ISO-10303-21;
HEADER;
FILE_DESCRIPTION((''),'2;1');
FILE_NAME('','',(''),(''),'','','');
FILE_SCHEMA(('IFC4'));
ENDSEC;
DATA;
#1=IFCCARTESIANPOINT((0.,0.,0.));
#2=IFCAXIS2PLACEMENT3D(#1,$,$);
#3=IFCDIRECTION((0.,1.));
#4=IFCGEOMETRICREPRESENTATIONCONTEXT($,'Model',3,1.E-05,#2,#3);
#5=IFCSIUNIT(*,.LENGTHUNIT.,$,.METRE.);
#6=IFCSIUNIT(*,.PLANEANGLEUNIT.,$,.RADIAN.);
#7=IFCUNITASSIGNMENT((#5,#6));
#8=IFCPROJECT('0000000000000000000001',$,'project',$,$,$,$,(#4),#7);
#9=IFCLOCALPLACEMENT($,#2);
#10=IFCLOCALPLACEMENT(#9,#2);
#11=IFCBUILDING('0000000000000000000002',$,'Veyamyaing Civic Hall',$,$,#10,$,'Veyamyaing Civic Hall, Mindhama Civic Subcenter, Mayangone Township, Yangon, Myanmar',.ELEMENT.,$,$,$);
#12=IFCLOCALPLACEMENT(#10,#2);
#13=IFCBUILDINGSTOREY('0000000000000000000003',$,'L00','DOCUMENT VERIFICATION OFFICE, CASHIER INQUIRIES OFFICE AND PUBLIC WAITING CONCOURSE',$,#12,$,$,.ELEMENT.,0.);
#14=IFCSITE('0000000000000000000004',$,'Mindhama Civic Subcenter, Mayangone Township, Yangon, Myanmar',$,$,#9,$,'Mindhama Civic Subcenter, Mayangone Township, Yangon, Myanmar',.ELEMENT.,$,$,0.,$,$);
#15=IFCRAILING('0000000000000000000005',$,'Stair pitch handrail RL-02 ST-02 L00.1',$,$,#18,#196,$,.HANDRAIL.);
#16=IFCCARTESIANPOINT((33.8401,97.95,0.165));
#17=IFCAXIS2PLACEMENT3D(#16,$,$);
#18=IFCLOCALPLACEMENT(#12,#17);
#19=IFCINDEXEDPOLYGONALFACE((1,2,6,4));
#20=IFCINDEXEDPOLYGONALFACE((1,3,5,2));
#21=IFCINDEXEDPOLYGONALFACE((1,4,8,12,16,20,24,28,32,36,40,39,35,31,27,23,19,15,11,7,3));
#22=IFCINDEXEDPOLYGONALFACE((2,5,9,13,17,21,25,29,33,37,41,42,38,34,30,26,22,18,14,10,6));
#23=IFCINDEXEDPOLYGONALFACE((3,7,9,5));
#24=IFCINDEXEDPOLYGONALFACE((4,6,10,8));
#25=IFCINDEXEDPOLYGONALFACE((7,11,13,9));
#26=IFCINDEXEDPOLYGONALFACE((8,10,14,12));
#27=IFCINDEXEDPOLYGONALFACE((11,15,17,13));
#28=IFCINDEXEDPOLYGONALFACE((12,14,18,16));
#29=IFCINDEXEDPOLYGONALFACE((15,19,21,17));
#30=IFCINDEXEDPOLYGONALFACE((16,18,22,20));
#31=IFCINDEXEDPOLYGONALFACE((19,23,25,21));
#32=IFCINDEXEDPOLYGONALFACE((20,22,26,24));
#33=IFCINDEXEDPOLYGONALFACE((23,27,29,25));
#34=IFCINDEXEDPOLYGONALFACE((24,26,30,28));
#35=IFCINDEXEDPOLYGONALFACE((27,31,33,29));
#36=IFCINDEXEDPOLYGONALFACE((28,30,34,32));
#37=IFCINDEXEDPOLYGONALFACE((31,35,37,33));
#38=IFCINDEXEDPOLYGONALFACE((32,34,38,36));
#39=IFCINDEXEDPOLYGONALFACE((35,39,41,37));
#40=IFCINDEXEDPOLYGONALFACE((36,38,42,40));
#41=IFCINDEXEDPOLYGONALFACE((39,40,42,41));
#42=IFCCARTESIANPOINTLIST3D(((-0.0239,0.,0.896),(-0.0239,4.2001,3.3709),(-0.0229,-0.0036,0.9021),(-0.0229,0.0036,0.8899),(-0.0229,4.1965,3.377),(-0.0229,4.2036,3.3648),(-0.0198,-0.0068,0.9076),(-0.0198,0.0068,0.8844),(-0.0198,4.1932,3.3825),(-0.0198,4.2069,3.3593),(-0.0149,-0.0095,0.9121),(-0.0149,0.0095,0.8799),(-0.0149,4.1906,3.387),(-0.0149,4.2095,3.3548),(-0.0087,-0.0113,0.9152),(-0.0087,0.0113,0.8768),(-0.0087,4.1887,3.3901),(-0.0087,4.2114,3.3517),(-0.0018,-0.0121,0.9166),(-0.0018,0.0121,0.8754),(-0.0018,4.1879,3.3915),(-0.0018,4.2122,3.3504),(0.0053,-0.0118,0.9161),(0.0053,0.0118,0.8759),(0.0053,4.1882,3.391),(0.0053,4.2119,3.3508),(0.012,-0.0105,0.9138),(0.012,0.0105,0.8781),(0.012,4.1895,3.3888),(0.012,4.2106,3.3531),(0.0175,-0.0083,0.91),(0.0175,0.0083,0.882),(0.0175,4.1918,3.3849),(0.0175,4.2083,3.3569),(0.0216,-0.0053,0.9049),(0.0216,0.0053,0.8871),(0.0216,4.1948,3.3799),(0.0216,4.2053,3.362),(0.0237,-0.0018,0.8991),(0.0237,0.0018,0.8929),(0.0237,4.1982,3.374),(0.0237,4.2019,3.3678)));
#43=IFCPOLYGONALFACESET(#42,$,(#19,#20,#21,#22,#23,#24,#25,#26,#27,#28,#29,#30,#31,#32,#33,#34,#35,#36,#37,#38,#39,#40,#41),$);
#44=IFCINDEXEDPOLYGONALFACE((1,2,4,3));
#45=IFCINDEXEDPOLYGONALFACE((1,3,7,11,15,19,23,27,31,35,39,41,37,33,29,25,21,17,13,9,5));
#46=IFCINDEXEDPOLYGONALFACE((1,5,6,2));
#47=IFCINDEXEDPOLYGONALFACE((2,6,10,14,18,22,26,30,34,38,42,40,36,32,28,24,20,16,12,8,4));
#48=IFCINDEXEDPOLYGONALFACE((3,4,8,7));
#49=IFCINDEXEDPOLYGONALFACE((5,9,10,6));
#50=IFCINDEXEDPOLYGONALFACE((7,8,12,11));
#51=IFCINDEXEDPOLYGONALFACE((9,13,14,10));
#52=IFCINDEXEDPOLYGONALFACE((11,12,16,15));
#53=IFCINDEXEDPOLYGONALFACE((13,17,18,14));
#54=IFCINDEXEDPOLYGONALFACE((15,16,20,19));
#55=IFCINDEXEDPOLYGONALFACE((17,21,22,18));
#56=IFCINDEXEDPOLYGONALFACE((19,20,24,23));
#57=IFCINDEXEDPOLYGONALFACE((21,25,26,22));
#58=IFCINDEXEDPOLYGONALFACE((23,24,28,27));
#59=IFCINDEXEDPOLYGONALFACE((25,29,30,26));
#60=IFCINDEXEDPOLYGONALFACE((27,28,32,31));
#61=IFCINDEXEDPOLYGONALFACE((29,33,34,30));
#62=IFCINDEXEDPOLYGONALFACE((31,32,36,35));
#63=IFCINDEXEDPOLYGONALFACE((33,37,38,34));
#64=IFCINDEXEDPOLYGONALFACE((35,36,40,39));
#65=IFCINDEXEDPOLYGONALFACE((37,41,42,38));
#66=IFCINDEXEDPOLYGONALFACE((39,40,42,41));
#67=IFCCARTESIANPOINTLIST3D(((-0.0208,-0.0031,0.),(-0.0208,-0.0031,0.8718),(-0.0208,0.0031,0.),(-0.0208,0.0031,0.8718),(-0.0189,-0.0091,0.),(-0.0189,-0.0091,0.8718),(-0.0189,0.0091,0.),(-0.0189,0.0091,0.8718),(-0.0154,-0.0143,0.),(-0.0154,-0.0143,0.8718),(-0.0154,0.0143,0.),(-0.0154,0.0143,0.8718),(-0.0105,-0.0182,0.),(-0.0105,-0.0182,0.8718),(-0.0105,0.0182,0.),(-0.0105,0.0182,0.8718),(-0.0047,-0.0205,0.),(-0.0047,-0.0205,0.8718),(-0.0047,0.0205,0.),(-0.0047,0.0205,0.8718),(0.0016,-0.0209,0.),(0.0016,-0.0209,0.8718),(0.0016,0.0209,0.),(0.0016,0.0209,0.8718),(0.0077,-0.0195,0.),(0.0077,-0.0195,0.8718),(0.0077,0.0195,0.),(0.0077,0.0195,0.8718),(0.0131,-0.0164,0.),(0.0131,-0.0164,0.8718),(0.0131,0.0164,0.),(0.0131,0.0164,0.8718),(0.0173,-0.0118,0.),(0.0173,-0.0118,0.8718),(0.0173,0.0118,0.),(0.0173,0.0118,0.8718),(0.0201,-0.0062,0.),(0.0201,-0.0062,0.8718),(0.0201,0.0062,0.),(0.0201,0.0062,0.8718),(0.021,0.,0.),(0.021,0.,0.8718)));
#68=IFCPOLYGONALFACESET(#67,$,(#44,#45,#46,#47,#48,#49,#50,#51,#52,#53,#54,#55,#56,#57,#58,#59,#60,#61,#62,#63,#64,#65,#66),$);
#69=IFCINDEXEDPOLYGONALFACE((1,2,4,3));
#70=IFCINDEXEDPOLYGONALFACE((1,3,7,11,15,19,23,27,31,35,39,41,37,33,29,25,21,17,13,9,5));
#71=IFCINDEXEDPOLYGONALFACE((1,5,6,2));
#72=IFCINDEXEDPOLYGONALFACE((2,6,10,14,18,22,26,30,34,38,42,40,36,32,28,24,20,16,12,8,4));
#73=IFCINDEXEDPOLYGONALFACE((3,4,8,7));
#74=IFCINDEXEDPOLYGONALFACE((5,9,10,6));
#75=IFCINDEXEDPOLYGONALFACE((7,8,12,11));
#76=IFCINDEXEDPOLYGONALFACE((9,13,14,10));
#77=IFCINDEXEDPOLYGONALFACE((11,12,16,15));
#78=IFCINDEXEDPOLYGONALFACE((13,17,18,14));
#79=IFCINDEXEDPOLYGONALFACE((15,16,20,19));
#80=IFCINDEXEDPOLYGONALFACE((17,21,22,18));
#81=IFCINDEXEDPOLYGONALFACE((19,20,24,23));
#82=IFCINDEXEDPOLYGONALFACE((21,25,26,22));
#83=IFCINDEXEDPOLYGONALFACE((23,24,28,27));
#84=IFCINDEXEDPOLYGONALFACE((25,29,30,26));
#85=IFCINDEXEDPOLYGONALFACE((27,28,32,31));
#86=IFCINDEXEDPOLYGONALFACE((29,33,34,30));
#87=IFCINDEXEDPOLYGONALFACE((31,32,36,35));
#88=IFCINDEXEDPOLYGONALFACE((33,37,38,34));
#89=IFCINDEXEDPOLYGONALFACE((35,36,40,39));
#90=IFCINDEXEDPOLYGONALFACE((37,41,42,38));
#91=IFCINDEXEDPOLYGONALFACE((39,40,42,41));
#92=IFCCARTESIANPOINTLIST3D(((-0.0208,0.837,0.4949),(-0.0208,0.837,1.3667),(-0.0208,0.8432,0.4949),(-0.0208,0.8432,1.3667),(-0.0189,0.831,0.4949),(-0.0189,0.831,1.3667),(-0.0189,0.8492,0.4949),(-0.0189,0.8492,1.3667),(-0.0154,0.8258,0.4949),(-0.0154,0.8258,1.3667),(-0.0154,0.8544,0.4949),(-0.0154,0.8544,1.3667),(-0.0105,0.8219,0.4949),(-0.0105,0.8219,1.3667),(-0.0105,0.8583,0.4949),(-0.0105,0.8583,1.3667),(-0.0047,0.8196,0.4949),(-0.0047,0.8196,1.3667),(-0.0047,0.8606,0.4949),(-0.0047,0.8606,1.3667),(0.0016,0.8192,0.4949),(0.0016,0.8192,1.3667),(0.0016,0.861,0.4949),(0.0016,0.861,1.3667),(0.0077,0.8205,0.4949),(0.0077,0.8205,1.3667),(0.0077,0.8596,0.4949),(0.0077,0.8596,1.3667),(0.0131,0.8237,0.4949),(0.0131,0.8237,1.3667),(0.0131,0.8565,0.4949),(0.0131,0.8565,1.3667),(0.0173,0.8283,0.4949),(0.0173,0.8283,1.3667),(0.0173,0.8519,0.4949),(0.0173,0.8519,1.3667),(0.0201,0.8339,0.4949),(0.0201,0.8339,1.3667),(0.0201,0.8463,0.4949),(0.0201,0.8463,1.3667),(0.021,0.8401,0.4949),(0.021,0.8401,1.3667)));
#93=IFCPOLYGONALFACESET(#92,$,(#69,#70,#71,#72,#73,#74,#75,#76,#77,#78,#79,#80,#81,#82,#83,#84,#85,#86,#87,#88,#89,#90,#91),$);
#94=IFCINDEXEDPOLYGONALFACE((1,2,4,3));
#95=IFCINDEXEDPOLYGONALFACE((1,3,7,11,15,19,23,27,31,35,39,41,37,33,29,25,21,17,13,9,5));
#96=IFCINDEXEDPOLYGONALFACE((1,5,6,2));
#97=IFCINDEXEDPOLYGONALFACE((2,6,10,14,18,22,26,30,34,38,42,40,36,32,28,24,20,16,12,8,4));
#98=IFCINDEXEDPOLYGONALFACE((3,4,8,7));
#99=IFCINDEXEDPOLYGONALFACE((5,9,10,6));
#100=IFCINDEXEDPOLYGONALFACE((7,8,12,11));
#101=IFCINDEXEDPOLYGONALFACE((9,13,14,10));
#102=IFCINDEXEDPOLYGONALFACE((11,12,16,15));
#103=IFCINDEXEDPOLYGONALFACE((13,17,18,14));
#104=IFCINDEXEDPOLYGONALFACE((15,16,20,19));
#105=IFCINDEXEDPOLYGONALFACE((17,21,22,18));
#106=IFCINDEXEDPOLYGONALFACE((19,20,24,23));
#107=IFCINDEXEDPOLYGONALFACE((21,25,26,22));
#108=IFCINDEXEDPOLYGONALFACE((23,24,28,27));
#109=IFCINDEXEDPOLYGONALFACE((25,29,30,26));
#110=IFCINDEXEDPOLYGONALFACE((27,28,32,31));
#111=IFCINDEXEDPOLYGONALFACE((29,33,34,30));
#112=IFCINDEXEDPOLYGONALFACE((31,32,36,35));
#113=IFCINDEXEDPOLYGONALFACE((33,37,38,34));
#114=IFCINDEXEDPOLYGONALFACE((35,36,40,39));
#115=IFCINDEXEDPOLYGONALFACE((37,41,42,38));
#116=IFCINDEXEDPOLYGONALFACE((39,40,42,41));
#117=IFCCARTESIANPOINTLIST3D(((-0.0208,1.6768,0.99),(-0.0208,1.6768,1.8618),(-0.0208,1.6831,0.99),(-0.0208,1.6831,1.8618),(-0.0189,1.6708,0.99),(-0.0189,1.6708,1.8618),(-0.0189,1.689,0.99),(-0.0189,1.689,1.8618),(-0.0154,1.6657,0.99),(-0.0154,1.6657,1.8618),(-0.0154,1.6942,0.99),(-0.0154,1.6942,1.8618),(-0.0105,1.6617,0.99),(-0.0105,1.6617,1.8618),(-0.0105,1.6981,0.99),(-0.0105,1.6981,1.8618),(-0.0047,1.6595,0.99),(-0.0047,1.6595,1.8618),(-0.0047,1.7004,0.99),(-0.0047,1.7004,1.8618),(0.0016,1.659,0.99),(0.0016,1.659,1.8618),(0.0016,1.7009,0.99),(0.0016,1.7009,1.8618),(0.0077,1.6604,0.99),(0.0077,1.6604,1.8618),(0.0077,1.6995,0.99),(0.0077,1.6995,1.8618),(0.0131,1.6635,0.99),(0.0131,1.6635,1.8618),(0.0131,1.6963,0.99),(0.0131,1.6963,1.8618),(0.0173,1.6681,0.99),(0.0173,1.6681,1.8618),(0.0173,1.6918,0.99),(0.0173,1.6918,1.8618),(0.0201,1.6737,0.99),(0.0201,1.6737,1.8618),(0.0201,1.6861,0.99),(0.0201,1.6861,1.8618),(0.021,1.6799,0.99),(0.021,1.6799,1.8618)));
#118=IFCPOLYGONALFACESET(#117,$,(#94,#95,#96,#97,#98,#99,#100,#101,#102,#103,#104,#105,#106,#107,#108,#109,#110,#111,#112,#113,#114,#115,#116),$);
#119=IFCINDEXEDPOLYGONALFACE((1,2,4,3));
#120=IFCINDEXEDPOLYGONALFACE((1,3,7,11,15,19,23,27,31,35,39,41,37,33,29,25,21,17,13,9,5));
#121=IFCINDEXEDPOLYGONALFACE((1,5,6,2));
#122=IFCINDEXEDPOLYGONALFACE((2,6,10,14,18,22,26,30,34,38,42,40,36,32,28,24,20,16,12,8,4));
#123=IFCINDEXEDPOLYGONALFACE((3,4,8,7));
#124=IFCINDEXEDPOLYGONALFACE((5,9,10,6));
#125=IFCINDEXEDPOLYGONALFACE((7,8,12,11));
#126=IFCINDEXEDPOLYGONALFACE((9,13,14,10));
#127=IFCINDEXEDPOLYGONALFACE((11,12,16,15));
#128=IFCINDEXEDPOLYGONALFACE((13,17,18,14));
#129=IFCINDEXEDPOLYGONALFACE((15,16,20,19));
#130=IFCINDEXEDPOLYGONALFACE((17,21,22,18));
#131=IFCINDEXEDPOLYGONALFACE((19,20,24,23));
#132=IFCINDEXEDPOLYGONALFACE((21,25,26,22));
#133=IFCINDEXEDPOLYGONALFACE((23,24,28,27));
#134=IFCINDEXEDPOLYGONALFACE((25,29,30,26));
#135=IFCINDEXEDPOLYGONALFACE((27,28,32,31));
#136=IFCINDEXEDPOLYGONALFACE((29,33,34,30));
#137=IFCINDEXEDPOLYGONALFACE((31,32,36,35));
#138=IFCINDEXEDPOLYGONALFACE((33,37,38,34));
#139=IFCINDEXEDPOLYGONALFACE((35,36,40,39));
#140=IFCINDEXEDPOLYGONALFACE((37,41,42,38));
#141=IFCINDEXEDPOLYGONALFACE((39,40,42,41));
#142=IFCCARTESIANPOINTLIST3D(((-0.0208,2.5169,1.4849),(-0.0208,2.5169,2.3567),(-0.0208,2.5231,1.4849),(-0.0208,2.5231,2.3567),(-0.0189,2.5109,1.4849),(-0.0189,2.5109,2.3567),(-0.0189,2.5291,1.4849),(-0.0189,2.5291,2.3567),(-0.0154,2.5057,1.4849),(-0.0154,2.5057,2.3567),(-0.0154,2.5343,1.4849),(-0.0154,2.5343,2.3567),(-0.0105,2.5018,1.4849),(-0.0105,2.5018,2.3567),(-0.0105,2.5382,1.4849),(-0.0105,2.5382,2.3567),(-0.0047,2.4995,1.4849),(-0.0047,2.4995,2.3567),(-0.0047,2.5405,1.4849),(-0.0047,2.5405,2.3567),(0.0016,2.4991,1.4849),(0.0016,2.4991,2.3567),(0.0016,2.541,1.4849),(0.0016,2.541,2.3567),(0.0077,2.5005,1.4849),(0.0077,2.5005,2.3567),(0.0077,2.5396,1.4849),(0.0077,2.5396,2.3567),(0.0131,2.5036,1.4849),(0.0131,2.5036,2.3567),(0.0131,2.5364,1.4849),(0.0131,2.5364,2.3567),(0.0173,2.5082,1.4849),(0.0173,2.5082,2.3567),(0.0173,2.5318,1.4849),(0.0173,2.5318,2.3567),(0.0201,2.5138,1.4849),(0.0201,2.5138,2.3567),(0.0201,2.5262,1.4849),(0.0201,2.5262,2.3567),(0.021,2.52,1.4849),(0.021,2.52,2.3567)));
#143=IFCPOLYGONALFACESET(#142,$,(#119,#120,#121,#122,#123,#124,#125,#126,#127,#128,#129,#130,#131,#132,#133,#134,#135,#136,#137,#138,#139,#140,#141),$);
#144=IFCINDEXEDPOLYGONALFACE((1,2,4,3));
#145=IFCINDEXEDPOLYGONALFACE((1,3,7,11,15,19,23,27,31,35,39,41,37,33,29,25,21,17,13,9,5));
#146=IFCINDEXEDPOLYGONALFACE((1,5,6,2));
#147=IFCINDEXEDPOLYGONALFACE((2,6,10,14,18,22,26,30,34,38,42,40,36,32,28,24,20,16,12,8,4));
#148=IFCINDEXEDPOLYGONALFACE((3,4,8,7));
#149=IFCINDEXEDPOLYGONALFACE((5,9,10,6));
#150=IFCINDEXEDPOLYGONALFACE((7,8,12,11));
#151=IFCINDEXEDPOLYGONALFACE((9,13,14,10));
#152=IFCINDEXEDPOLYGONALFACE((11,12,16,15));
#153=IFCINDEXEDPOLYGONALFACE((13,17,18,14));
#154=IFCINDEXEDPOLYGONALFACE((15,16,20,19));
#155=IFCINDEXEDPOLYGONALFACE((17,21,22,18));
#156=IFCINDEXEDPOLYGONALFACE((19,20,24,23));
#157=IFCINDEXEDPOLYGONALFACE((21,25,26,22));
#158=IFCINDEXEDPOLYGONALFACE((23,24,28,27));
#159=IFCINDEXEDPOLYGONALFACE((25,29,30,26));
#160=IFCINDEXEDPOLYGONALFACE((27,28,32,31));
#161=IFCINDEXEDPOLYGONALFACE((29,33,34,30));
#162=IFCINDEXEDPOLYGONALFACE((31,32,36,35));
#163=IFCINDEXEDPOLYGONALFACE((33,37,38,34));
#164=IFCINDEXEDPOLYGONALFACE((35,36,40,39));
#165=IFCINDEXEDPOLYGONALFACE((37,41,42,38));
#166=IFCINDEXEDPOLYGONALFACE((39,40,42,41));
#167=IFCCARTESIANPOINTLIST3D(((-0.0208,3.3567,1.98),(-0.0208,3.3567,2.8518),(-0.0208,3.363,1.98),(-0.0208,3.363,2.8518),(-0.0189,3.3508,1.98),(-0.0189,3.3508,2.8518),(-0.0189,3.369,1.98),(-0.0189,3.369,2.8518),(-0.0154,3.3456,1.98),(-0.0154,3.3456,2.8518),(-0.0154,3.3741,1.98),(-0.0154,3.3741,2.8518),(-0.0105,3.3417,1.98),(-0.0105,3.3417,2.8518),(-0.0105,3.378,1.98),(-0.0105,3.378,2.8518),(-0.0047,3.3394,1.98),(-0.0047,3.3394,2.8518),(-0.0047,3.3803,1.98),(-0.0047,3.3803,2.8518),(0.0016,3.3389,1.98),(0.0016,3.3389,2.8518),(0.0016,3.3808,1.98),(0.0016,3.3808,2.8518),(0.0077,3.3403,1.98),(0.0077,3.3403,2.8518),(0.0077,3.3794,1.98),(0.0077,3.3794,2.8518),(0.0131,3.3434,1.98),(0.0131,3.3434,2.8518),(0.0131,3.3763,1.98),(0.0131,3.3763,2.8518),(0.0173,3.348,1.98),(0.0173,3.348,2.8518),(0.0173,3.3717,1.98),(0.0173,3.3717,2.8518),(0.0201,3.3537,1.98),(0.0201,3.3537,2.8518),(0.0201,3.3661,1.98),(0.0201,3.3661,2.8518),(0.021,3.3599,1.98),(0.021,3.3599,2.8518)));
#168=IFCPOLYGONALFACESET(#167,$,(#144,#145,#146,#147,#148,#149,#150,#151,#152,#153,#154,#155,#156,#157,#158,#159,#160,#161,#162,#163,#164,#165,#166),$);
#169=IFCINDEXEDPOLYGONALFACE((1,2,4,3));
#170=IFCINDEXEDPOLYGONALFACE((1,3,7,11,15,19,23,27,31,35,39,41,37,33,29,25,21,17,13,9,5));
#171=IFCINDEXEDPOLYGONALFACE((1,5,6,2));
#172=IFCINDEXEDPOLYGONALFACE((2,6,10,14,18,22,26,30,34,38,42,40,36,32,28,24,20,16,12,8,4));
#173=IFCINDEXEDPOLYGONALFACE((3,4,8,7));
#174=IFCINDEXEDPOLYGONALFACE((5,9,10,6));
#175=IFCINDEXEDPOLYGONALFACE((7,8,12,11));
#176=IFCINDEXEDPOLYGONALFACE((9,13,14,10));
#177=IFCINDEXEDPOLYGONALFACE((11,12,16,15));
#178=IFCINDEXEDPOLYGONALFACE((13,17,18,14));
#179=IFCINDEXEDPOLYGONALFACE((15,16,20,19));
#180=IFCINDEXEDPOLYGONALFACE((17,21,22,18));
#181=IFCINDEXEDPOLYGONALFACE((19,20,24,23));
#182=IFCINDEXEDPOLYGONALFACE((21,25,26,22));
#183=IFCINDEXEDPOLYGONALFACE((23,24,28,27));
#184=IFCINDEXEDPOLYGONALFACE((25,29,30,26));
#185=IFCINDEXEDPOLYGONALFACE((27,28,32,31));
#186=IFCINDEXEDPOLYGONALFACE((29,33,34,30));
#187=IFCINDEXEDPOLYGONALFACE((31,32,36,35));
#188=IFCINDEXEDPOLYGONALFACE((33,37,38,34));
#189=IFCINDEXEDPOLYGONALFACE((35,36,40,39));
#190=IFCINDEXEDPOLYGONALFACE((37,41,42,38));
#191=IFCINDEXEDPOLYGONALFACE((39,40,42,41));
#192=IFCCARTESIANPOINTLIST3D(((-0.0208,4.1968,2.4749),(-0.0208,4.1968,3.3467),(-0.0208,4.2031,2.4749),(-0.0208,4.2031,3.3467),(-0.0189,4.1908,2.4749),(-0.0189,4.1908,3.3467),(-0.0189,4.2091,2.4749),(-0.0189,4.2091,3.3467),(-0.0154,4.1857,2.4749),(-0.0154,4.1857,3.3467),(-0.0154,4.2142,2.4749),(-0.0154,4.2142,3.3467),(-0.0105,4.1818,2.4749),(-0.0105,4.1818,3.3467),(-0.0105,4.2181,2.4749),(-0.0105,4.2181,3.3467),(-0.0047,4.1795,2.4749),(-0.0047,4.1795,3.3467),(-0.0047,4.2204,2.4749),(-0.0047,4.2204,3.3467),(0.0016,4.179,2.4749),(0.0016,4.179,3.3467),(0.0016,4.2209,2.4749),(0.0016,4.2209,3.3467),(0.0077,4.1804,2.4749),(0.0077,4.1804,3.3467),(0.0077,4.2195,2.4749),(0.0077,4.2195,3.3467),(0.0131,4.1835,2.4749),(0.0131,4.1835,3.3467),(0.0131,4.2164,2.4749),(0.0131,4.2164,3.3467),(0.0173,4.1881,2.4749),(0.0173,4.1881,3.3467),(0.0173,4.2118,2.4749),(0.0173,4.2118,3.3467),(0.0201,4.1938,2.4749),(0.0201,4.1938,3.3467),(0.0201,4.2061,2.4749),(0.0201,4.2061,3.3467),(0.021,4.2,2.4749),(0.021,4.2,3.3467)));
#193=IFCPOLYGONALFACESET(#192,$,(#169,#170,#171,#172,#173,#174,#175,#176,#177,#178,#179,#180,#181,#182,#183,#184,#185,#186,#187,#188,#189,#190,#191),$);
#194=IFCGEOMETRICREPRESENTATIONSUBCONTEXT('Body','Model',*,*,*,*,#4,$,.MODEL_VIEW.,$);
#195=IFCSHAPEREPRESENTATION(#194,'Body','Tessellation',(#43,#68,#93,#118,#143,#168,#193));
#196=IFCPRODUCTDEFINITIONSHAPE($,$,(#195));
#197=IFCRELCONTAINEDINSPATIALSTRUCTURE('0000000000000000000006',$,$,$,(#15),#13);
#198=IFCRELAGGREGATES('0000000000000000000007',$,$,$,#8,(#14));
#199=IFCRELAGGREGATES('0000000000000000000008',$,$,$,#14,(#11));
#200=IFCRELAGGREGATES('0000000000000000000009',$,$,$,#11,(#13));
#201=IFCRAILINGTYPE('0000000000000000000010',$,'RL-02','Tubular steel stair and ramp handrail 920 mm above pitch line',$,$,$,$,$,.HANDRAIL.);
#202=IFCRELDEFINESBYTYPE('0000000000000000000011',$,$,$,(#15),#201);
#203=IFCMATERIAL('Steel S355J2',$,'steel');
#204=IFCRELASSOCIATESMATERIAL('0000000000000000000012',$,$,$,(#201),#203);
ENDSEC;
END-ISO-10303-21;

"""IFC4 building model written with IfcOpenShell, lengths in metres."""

from ifc_helpers import new_model, si_unit, direction, frame, origin, origin_2d, place, context, subcontext, project, spatial, circle, extrude, material, type_object, element, save


model = new_model("IFC4")

# Units and contexts
model_context = context("Model", 3, precision=1e-05, world=origin(), true_north=direction((0.0, 1.0)))
body_context = subcontext(model_context, "Body", "Model", "MODEL_VIEW")
ifc_project = project(units=[si_unit("LENGTHUNIT", "METRE"), si_unit("PLANEANGLEUNIT", "RADIAN")], contexts=[model_context])

# Site, building, storey
site_placement = place(None, origin())
site = spatial("IfcSite", under=ifc_project, at=site_placement, Name="Mindhama Civic Subcenter, Mayangone Township, Yangon, Myanmar", LongName="Mindhama Civic Subcenter, Mayangone Township, Yangon, Myanmar", CompositionType="ELEMENT", RefElevation=0.0)
building_placement = place(site_placement, origin())
building = spatial("IfcBuilding", under=site, at=building_placement, Name="Veyamyaing Civic Hall", LongName="Veyamyaing Civic Hall, Mindhama Civic Subcenter, Mayangone Township, Yangon, Myanmar", CompositionType="ELEMENT")
storey_placement = place(building_placement, origin())
storey = spatial("IfcBuildingStorey", under=building, at=storey_placement, Name="L00", Description="DOCUMENT VERIFICATION OFFICE, CASHIER INQUIRIES OFFICE AND PUBLIC WAITING CONCOURSE", CompositionType="ELEMENT", Elevation=0.0)

# Railing
ifc_material_1 = material(Name="Steel S355J2", Category="steel")
railing_type_1 = type_object("IfcRailingType", Name="RL-02", Description="Tubular steel stair and ramp handrail 920 mm above pitch line", PredefinedType="HANDRAIL", material=ifc_material_1)
railing_1_placement = place(storey_placement, frame((33.8401, 97.95, 0.165)))
element("IfcRailing", 1, at=railing_1_placement, inside=storey, type_object=railing_type_1, Name="Stair pitch handrail RL-02 ST-02 L00.1", PredefinedType="HANDRAIL", context=body_context, shape_type="SweptSolid", body=[
    extrude(circle(Radius=0.0239, at=origin_2d()), frame((0.0, 0.0, 0.896), z_axis=(0.0, 0.861549, 0.507674), x_axis=(-1.0, 0.0, 0.0)), (0.0, 0.0, 1.0), 4.875),
    extrude(circle(Radius=0.021, at=origin_2d()), origin(), (0.0, 0.0, 1.0), 0.8718),
    extrude(circle(Radius=0.021, at=origin_2d()), frame((0.0, 0.8401, 0.4949)), (0.0, 0.0, 1.0), 0.8718),
    extrude(circle(Radius=0.021, at=origin_2d()), frame((0.0, 1.6799, 0.99)), (0.0, 0.0, 1.0), 0.8718),
    extrude(circle(Radius=0.021, at=origin_2d()), frame((0.0, 2.52, 1.4849)), (0.0, 0.0, 1.0), 0.8718),
    extrude(circle(Radius=0.021, at=origin_2d()), frame((0.0, 3.3599, 1.98)), (0.0, 0.0, 1.0), 0.8718),
    extrude(circle(Radius=0.021, at=origin_2d()), frame((0.0, 4.2, 2.4749)), (0.0, 0.0, 1.0), 0.8718),
])

save(model, "model.ifc")
